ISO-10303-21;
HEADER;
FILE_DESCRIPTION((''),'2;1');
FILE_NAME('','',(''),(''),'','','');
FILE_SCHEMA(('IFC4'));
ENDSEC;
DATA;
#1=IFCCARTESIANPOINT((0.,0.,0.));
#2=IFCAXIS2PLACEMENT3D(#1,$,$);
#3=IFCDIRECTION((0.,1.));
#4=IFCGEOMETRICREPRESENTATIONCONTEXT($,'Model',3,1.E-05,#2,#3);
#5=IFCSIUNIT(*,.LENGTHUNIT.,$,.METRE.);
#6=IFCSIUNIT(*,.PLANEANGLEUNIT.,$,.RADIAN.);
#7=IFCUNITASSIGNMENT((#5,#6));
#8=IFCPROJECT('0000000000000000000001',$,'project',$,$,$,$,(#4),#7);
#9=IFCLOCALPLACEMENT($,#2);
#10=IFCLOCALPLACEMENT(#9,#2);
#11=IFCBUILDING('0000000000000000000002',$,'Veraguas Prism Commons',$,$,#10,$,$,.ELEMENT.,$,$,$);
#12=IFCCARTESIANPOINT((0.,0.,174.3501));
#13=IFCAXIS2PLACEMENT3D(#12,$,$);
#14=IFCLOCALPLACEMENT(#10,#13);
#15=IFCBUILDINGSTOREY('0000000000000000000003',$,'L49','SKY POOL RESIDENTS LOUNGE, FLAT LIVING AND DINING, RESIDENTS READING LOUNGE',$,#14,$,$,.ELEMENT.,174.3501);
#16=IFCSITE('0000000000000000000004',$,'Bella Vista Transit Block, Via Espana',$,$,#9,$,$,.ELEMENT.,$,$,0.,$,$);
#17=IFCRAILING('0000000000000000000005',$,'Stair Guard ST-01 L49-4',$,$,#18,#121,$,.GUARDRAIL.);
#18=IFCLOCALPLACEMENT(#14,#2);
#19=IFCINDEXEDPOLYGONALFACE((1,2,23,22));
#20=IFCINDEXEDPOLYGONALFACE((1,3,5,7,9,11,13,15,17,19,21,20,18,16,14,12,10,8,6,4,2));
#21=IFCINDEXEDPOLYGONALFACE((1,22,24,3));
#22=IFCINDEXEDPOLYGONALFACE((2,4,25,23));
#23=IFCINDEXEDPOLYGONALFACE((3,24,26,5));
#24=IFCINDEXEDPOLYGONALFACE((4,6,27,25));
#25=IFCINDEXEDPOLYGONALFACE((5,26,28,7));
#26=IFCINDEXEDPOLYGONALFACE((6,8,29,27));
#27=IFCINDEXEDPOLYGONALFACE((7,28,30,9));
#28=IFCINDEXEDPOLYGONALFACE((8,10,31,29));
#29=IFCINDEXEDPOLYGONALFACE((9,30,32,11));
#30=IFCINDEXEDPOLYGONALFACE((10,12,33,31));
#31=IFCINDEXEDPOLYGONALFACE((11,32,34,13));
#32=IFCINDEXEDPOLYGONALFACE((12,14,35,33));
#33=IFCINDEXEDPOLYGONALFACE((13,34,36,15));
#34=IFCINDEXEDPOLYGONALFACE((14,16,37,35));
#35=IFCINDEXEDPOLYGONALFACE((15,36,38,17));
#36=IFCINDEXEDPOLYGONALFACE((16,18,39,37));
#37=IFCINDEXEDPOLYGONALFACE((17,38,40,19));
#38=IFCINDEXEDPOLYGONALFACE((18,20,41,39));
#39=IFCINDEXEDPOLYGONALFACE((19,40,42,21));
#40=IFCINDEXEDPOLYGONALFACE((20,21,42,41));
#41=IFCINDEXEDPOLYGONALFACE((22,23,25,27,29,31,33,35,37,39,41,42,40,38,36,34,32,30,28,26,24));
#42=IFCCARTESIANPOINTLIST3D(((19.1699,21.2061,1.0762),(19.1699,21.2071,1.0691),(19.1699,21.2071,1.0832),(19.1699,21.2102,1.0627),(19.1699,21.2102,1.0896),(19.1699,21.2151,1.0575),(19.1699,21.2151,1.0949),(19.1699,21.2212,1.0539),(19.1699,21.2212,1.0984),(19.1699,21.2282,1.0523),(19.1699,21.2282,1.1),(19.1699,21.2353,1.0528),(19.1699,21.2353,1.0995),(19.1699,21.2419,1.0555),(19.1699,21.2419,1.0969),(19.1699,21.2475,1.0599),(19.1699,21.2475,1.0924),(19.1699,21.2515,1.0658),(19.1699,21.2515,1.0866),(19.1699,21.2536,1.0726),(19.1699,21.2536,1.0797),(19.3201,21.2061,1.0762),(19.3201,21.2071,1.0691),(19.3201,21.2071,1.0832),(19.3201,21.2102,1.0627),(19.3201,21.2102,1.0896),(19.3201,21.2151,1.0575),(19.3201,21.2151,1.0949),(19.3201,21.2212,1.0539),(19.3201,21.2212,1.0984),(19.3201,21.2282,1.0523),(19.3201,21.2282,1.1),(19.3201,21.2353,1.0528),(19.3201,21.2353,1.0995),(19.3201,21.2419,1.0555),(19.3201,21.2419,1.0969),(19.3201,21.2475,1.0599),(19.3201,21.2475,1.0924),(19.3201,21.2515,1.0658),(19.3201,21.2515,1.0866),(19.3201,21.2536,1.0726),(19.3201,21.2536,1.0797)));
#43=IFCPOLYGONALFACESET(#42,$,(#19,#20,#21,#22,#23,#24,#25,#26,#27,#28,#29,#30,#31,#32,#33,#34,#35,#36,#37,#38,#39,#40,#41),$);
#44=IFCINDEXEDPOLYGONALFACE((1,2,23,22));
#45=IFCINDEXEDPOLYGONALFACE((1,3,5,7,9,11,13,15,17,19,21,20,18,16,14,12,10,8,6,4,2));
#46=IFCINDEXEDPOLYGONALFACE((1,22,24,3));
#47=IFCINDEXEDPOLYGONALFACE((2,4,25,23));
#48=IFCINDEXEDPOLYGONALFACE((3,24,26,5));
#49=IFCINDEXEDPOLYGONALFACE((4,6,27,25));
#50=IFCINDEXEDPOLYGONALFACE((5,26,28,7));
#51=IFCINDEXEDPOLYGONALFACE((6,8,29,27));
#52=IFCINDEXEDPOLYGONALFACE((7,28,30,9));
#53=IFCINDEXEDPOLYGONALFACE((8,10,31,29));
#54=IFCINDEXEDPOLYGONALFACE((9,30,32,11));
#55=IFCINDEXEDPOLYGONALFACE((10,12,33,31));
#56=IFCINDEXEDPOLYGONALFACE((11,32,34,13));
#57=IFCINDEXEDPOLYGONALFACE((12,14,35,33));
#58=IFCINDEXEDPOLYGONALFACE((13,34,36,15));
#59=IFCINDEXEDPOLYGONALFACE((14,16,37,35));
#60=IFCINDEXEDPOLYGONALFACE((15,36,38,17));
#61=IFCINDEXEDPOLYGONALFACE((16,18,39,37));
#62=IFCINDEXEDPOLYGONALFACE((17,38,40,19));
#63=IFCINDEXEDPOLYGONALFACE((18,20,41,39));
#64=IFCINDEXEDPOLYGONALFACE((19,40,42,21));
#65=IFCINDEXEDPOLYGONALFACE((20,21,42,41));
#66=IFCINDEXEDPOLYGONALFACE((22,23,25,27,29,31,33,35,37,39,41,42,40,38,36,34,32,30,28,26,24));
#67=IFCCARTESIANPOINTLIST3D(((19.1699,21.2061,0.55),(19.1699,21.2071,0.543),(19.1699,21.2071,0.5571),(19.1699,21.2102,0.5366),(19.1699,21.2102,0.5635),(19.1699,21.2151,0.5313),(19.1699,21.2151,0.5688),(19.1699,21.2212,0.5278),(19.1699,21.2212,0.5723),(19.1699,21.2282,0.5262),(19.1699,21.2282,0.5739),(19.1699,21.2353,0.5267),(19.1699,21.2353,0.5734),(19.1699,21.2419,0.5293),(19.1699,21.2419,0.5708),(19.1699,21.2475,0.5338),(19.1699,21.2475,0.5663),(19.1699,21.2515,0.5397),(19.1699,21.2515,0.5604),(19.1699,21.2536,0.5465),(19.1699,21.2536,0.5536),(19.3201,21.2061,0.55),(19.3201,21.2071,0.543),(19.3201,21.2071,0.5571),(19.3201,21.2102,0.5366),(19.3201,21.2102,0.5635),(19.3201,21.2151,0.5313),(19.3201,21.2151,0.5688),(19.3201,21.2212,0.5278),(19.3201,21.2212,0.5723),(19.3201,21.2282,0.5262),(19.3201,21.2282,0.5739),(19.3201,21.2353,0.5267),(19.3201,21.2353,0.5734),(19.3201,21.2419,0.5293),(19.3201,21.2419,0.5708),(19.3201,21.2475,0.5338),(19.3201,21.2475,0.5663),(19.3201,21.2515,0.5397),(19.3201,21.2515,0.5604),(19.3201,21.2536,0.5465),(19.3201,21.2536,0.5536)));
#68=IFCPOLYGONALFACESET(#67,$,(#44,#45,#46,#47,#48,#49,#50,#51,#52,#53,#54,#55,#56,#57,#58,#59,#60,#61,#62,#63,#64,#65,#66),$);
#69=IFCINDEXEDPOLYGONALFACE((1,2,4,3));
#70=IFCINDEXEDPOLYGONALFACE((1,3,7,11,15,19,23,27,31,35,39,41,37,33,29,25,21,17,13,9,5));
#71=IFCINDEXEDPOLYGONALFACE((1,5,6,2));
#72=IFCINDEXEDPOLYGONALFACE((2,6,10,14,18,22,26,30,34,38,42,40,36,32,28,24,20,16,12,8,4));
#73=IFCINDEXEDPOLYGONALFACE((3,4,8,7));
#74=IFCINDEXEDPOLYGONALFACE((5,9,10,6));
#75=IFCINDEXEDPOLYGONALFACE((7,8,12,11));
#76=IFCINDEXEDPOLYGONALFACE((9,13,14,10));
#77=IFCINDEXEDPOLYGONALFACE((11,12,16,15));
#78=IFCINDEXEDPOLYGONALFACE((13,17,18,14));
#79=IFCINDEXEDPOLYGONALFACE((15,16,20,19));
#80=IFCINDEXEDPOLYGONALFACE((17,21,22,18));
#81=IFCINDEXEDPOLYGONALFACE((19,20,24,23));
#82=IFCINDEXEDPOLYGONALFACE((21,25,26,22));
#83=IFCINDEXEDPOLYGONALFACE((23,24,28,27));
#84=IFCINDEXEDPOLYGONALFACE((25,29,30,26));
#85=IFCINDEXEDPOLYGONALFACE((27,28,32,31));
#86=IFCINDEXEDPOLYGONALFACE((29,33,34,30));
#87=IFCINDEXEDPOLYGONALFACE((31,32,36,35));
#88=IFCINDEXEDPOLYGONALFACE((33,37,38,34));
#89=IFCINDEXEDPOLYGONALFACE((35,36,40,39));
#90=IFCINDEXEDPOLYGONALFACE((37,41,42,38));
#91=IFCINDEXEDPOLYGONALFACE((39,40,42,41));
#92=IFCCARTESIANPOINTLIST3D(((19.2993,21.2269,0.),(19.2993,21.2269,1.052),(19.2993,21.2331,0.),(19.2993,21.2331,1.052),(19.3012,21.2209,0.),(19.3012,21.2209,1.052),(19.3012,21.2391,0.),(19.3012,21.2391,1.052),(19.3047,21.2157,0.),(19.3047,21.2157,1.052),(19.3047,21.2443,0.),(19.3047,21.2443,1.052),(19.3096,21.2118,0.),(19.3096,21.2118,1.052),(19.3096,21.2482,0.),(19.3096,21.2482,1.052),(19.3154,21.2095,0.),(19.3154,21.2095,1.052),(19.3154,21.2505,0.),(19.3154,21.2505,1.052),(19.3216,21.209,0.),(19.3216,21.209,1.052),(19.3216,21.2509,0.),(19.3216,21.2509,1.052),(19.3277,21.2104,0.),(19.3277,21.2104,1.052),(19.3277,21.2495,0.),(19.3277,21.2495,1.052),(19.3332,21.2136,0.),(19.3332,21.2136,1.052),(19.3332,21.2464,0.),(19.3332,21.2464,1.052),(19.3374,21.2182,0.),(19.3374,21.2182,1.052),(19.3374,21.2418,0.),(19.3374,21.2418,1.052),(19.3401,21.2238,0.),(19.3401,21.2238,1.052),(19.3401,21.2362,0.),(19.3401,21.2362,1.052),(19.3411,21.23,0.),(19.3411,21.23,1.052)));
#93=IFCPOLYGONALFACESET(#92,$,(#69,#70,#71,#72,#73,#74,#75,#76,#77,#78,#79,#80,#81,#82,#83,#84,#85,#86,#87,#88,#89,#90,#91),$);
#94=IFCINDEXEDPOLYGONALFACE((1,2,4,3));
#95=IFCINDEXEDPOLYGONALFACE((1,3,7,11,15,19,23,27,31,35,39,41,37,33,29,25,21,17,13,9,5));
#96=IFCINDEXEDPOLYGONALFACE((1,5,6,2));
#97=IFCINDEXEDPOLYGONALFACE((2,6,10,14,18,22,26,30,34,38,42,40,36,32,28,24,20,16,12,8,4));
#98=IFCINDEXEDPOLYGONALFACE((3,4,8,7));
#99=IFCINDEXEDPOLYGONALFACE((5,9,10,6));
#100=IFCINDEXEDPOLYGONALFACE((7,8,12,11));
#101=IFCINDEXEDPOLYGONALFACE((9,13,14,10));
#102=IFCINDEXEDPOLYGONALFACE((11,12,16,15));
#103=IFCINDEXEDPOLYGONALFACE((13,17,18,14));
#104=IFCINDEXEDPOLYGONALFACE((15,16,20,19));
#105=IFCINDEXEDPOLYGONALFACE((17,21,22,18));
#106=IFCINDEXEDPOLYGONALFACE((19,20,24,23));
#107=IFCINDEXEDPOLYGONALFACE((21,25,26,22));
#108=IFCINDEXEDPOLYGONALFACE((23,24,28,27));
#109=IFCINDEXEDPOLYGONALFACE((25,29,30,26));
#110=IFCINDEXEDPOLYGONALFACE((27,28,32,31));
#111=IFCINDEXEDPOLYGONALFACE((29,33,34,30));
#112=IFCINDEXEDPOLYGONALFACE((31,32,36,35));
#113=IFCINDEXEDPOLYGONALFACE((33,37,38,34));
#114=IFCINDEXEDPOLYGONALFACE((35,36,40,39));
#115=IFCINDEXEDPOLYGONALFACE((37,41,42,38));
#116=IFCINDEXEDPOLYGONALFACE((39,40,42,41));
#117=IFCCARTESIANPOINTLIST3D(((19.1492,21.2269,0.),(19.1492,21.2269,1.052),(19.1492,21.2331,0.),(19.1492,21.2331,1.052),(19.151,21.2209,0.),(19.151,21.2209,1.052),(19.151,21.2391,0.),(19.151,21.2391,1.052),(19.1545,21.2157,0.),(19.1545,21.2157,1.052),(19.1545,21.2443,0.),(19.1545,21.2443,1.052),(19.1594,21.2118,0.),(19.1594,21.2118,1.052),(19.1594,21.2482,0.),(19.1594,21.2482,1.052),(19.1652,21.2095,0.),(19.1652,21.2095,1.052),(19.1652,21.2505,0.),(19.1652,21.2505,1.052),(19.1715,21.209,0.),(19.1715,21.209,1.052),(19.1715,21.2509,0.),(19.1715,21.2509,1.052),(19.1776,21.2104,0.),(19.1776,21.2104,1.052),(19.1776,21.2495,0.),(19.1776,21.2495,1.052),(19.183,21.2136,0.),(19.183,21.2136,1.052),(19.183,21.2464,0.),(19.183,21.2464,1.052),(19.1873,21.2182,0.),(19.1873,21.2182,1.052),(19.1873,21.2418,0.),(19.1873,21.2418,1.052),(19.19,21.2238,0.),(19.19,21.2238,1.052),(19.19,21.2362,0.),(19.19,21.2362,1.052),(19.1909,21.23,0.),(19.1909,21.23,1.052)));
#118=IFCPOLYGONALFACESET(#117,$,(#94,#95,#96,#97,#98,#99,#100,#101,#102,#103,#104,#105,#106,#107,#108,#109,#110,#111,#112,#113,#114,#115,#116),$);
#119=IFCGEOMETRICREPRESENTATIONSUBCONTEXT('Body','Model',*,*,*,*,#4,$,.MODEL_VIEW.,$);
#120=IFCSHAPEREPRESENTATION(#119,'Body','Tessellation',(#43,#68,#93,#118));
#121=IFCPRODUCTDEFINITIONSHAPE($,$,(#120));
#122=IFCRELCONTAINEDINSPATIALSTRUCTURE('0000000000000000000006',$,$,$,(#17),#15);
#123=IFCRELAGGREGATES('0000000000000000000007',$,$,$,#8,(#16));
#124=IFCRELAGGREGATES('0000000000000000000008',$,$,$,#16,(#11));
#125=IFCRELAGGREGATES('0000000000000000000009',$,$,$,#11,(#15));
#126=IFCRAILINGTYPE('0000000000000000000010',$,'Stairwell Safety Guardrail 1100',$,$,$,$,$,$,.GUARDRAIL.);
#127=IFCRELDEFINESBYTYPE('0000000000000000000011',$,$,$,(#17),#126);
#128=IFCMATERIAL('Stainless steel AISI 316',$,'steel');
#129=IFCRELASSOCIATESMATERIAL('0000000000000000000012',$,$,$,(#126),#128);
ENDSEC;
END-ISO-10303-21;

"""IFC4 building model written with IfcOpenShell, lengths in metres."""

from ifc_helpers import new_model, si_unit, direction, frame, origin, origin_2d, place, context, subcontext, project, spatial, circle, extrude, material, type_object, element, save


model = new_model("IFC4")

# Units and contexts
model_context = context("Model", 3, precision=1e-05, world=origin(), true_north=direction((0.0, 1.0)))
body_context = subcontext(model_context, "Body", "Model", "MODEL_VIEW")
ifc_project = project(units=[si_unit("LENGTHUNIT", "METRE"), si_unit("PLANEANGLEUNIT", "RADIAN")], contexts=[model_context])

# Site, building, storey
site_placement = place(None, origin())
site = spatial("IfcSite", under=ifc_project, at=site_placement, Name="Bella Vista Transit Block, Via Espana", CompositionType="ELEMENT", RefElevation=0.0)
building_placement = place(site_placement, origin())
building = spatial("IfcBuilding", under=site, at=building_placement, Name="Veraguas Prism Commons", CompositionType="ELEMENT")
storey_placement = place(building_placement, frame((0.0, 0.0, 174.3501)))
storey = spatial("IfcBuildingStorey", under=building, at=storey_placement, Name="L49", Description="SKY POOL RESIDENTS LOUNGE, FLAT LIVING AND DINING, RESIDENTS READING LOUNGE", CompositionType="ELEMENT", Elevation=174.3501)

# Railing
ifc_material_1 = material(Name="Stainless steel AISI 316", Category="steel")
railing_type_1 = type_object("IfcRailingType", Name="Stairwell Safety Guardrail 1100", PredefinedType="GUARDRAIL", material=ifc_material_1)
railing_1_placement = place(storey_placement, frame((19.3201, 21.23, 0.0)))
element("IfcRailing", 1, at=railing_1_placement, inside=storey, type_object=railing_type_1, Name="Stair Guard ST-01 L49-4", PredefinedType="GUARDRAIL", context=body_context, shape_type="SweptSolid", body=[
    extrude(circle(Radius=0.0239, at=origin_2d()), frame((0.0, 0.0, 1.0762), z_axis=(-1.0, 0.0, 0.0), x_axis=(0.0, -1.0, 0.0)), (0.0, 0.0, 1.0), 0.1501),
    extrude(circle(Radius=0.0239, at=origin_2d()), frame((0.0, 0.0, 0.55), z_axis=(-1.0, 0.0, 0.0), x_axis=(0.0, -1.0, 0.0)), (0.0, 0.0, 1.0), 0.1501),
    extrude(circle(Radius=0.021, at=origin_2d()), origin(), (0.0, 0.0, 1.0), 1.052),
    extrude(circle(Radius=0.021, at=origin_2d()), frame((-0.1501, 0.0, 0.0)), (0.0, 0.0, 1.0), 1.052),
])

save(model, "model.ifc")
